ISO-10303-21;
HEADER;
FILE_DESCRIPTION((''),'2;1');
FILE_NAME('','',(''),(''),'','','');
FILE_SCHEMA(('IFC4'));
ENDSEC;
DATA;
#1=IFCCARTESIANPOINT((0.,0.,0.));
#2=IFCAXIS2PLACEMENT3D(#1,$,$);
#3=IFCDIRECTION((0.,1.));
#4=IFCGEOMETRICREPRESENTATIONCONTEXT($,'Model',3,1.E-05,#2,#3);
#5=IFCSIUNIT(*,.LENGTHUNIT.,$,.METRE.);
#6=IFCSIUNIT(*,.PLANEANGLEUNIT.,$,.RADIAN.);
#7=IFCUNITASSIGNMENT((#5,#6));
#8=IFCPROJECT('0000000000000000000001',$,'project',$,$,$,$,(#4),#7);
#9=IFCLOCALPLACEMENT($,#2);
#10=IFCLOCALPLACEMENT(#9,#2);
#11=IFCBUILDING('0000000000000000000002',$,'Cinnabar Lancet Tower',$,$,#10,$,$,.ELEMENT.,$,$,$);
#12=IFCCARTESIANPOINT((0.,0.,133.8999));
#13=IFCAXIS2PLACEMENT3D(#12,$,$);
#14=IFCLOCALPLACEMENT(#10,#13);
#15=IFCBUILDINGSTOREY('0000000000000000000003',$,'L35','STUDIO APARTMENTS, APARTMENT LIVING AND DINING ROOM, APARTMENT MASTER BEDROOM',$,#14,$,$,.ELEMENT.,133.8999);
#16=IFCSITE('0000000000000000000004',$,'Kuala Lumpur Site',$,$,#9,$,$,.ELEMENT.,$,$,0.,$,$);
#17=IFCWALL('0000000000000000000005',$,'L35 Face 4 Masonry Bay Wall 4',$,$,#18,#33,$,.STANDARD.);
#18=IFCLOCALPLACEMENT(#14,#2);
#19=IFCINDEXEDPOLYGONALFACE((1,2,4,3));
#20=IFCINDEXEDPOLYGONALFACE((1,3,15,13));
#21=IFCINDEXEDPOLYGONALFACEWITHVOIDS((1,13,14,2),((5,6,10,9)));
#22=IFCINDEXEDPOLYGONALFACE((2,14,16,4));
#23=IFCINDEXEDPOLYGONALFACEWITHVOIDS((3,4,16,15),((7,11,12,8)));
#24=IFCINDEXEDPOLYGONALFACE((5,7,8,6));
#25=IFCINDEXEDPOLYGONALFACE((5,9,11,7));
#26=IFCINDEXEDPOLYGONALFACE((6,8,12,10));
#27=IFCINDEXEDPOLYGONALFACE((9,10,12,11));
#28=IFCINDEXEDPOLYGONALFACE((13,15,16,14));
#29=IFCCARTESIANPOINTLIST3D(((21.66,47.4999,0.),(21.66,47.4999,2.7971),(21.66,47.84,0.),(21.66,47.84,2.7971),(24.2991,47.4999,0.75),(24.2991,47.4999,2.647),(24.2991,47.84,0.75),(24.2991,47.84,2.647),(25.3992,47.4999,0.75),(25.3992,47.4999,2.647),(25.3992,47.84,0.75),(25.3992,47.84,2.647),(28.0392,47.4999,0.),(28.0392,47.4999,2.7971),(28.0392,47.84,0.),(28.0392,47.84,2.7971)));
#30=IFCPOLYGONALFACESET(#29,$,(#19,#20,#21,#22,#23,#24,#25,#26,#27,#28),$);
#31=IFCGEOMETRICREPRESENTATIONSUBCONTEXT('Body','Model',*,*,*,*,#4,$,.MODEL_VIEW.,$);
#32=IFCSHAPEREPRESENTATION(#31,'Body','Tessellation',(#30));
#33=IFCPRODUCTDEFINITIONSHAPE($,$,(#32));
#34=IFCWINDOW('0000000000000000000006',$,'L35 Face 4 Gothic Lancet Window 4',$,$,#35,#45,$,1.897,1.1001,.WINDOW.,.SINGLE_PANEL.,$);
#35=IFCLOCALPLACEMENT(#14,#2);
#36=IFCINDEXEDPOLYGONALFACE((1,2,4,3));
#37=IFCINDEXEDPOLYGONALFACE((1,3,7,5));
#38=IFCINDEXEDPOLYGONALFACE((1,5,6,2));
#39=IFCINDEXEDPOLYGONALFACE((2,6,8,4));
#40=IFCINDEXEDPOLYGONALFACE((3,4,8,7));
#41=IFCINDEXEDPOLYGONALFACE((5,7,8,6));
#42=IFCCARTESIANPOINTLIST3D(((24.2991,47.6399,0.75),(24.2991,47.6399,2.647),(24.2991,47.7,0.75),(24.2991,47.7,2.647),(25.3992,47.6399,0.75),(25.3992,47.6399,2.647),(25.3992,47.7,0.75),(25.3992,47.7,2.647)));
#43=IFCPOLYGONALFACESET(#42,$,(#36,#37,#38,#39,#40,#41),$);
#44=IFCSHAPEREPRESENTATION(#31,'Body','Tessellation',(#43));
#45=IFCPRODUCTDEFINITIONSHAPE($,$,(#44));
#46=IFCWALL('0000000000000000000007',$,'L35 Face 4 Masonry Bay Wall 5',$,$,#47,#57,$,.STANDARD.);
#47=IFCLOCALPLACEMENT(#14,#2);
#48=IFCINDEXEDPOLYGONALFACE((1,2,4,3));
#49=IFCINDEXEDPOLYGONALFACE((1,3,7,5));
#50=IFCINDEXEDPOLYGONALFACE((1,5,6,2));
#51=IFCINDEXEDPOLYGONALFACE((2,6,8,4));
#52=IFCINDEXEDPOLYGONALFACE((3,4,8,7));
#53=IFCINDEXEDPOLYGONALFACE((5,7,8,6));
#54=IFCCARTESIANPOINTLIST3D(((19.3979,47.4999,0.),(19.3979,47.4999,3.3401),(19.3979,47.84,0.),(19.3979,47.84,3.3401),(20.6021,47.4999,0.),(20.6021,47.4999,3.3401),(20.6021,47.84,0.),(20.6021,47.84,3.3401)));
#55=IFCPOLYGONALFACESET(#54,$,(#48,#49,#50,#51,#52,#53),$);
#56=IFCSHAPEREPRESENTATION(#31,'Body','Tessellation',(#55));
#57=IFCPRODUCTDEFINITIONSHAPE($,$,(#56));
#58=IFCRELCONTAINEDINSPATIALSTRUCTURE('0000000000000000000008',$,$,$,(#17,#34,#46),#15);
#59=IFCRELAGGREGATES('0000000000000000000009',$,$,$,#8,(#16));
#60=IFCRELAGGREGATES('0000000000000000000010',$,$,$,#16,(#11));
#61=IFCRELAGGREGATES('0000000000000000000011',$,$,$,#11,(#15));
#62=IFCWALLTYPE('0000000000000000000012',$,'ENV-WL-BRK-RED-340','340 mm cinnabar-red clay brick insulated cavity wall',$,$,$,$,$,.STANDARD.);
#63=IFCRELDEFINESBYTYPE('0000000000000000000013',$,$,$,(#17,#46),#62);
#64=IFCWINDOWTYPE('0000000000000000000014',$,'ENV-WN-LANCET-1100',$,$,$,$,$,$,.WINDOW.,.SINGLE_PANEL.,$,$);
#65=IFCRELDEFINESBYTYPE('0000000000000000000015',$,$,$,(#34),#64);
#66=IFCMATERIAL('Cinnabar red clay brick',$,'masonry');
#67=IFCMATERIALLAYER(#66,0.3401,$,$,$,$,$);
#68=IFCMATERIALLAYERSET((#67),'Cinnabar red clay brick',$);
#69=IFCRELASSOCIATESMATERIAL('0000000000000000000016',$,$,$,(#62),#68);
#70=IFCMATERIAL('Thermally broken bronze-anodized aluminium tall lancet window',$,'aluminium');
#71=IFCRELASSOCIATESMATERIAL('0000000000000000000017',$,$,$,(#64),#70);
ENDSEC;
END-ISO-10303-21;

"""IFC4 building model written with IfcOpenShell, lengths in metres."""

from ifc_helpers import new_model, si_unit, direction, frame, frame_2d, origin, place, context, subcontext, project, spatial, rectangle, extrude, material, layer, layer_set, type_object, element, fill, save


model = new_model("IFC4")

# Units and contexts
model_context = context("Model", 3, precision=1e-05, world=origin(), true_north=direction((0.0, 1.0)))
body_context = subcontext(model_context, "Body", "Model", "MODEL_VIEW")
ifc_project = project(units=[si_unit("LENGTHUNIT", "METRE"), si_unit("PLANEANGLEUNIT", "RADIAN")], contexts=[model_context])

# Site, building, storey
site_placement = place(None, origin())
site = spatial("IfcSite", under=ifc_project, at=site_placement, Name="Kuala Lumpur Site", CompositionType="ELEMENT", RefElevation=0.0)
building_placement = place(site_placement, origin())
building = spatial("IfcBuilding", under=site, at=building_placement, Name="Cinnabar Lancet Tower", CompositionType="ELEMENT")
storey_placement = place(building_placement, frame((0.0, 0.0, 133.8999)))
storey = spatial("IfcBuildingStorey", under=building, at=storey_placement, Name="L35", Description="STUDIO APARTMENTS, APARTMENT LIVING AND DINING ROOM, APARTMENT MASTER BEDROOM", CompositionType="ELEMENT", Elevation=133.8999)

# Wall, opening, window
ifc_material_1 = material(Name="Cinnabar red clay brick", Category="masonry")
ifc_layer_1 = layer(ifc_material_1, 0.3401)
ifc_layer_set_1 = layer_set([ifc_layer_1], Name="Cinnabar red clay brick")
wall_type_1 = type_object("IfcWallType", Name="ENV-WL-BRK-RED-340", Description="340 mm cinnabar-red clay brick insulated cavity wall", PredefinedType="STANDARD", material=ifc_layer_set_1)
wall_1_placement = place(storey_placement, frame((28.0391, 47.6699, 0.0), z_axis=(0.0, 0.0, 1.0), x_axis=(-1.0, 0.0, 0.0)))
wall_1 = element("IfcWall", 1, at=wall_1_placement, inside=storey, type_object=wall_type_1, Name="L35 Face 4 Masonry Bay Wall 4", PredefinedType="STANDARD", context=body_context, shape_type="SweptSolid", body=[
    extrude(rectangle(XDim=6.3792, YDim=0.3401, at=frame_2d((3.1895, 0.0))), origin(), (0.0, 0.0, 1.0), 2.7971),
])
opening_1_placement = place(wall_1_placement, frame((2.6399, 0.0, 0.75)))
opening_1 = element("IfcOpeningElement", 2, at=opening_1_placement, cuts=wall_1, PredefinedType="OPENING", context=body_context, shape_type="SweptSolid", body=[
    extrude(rectangle(XDim=1.1001, YDim=1.897, at=frame_2d((0.55, 0.9485))), frame((0.0, 0.1799, 0.0), z_axis=(0.0, -1.0, 0.0), x_axis=(1.0, 0.0, 0.0)), (0.0, 0.0, 1.0), 0.3601),
])
ifc_material_2 = material(Name="Thermally broken bronze-anodized aluminium tall lancet window", Category="aluminium")
window_type = type_object("IfcWindowType", Name="ENV-WN-LANCET-1100", PartitioningType="SINGLE_PANEL", PredefinedType="WINDOW", material=ifc_material_2)
window_placement = place(opening_1_placement, origin())
window = element("IfcWindow", 3, at=window_placement, inside=storey, type_object=window_type, Name="L35 Face 4 Gothic Lancet Window 4", OverallHeight=1.897, OverallWidth=1.1001, PartitioningType="SINGLE_PANEL", PredefinedType="WINDOW", context=body_context, shape_type="SweptSolid", body=[
    extrude(rectangle(XDim=1.1001, YDim=1.897, at=frame_2d((0.55, 0.9485))), frame((0.0, 0.03, 0.0), z_axis=(0.0, -1.0, 0.0), x_axis=(1.0, 0.0, 0.0)), (0.0, 0.0, 1.0), 0.0601),
])
fill(opening_1, window)

# Wall
wall_2_placement = place(storey_placement, frame((20.6021, 47.6699, 0.0), z_axis=(0.0, 0.0, 1.0), x_axis=(-1.0, 0.0, 0.0)))
element("IfcWall", 4, at=wall_2_placement, inside=storey, type_object=wall_type_1, Name="L35 Face 4 Masonry Bay Wall 5", PredefinedType="STANDARD", context=body_context, shape_type="SweptSolid", body=[
    extrude(rectangle(XDim=1.2041, YDim=0.3401, at=frame_2d((0.6021, 0.0))), origin(), (0.0, 0.0, 1.0), 3.3401),
])

save(model, "model.ifc")
